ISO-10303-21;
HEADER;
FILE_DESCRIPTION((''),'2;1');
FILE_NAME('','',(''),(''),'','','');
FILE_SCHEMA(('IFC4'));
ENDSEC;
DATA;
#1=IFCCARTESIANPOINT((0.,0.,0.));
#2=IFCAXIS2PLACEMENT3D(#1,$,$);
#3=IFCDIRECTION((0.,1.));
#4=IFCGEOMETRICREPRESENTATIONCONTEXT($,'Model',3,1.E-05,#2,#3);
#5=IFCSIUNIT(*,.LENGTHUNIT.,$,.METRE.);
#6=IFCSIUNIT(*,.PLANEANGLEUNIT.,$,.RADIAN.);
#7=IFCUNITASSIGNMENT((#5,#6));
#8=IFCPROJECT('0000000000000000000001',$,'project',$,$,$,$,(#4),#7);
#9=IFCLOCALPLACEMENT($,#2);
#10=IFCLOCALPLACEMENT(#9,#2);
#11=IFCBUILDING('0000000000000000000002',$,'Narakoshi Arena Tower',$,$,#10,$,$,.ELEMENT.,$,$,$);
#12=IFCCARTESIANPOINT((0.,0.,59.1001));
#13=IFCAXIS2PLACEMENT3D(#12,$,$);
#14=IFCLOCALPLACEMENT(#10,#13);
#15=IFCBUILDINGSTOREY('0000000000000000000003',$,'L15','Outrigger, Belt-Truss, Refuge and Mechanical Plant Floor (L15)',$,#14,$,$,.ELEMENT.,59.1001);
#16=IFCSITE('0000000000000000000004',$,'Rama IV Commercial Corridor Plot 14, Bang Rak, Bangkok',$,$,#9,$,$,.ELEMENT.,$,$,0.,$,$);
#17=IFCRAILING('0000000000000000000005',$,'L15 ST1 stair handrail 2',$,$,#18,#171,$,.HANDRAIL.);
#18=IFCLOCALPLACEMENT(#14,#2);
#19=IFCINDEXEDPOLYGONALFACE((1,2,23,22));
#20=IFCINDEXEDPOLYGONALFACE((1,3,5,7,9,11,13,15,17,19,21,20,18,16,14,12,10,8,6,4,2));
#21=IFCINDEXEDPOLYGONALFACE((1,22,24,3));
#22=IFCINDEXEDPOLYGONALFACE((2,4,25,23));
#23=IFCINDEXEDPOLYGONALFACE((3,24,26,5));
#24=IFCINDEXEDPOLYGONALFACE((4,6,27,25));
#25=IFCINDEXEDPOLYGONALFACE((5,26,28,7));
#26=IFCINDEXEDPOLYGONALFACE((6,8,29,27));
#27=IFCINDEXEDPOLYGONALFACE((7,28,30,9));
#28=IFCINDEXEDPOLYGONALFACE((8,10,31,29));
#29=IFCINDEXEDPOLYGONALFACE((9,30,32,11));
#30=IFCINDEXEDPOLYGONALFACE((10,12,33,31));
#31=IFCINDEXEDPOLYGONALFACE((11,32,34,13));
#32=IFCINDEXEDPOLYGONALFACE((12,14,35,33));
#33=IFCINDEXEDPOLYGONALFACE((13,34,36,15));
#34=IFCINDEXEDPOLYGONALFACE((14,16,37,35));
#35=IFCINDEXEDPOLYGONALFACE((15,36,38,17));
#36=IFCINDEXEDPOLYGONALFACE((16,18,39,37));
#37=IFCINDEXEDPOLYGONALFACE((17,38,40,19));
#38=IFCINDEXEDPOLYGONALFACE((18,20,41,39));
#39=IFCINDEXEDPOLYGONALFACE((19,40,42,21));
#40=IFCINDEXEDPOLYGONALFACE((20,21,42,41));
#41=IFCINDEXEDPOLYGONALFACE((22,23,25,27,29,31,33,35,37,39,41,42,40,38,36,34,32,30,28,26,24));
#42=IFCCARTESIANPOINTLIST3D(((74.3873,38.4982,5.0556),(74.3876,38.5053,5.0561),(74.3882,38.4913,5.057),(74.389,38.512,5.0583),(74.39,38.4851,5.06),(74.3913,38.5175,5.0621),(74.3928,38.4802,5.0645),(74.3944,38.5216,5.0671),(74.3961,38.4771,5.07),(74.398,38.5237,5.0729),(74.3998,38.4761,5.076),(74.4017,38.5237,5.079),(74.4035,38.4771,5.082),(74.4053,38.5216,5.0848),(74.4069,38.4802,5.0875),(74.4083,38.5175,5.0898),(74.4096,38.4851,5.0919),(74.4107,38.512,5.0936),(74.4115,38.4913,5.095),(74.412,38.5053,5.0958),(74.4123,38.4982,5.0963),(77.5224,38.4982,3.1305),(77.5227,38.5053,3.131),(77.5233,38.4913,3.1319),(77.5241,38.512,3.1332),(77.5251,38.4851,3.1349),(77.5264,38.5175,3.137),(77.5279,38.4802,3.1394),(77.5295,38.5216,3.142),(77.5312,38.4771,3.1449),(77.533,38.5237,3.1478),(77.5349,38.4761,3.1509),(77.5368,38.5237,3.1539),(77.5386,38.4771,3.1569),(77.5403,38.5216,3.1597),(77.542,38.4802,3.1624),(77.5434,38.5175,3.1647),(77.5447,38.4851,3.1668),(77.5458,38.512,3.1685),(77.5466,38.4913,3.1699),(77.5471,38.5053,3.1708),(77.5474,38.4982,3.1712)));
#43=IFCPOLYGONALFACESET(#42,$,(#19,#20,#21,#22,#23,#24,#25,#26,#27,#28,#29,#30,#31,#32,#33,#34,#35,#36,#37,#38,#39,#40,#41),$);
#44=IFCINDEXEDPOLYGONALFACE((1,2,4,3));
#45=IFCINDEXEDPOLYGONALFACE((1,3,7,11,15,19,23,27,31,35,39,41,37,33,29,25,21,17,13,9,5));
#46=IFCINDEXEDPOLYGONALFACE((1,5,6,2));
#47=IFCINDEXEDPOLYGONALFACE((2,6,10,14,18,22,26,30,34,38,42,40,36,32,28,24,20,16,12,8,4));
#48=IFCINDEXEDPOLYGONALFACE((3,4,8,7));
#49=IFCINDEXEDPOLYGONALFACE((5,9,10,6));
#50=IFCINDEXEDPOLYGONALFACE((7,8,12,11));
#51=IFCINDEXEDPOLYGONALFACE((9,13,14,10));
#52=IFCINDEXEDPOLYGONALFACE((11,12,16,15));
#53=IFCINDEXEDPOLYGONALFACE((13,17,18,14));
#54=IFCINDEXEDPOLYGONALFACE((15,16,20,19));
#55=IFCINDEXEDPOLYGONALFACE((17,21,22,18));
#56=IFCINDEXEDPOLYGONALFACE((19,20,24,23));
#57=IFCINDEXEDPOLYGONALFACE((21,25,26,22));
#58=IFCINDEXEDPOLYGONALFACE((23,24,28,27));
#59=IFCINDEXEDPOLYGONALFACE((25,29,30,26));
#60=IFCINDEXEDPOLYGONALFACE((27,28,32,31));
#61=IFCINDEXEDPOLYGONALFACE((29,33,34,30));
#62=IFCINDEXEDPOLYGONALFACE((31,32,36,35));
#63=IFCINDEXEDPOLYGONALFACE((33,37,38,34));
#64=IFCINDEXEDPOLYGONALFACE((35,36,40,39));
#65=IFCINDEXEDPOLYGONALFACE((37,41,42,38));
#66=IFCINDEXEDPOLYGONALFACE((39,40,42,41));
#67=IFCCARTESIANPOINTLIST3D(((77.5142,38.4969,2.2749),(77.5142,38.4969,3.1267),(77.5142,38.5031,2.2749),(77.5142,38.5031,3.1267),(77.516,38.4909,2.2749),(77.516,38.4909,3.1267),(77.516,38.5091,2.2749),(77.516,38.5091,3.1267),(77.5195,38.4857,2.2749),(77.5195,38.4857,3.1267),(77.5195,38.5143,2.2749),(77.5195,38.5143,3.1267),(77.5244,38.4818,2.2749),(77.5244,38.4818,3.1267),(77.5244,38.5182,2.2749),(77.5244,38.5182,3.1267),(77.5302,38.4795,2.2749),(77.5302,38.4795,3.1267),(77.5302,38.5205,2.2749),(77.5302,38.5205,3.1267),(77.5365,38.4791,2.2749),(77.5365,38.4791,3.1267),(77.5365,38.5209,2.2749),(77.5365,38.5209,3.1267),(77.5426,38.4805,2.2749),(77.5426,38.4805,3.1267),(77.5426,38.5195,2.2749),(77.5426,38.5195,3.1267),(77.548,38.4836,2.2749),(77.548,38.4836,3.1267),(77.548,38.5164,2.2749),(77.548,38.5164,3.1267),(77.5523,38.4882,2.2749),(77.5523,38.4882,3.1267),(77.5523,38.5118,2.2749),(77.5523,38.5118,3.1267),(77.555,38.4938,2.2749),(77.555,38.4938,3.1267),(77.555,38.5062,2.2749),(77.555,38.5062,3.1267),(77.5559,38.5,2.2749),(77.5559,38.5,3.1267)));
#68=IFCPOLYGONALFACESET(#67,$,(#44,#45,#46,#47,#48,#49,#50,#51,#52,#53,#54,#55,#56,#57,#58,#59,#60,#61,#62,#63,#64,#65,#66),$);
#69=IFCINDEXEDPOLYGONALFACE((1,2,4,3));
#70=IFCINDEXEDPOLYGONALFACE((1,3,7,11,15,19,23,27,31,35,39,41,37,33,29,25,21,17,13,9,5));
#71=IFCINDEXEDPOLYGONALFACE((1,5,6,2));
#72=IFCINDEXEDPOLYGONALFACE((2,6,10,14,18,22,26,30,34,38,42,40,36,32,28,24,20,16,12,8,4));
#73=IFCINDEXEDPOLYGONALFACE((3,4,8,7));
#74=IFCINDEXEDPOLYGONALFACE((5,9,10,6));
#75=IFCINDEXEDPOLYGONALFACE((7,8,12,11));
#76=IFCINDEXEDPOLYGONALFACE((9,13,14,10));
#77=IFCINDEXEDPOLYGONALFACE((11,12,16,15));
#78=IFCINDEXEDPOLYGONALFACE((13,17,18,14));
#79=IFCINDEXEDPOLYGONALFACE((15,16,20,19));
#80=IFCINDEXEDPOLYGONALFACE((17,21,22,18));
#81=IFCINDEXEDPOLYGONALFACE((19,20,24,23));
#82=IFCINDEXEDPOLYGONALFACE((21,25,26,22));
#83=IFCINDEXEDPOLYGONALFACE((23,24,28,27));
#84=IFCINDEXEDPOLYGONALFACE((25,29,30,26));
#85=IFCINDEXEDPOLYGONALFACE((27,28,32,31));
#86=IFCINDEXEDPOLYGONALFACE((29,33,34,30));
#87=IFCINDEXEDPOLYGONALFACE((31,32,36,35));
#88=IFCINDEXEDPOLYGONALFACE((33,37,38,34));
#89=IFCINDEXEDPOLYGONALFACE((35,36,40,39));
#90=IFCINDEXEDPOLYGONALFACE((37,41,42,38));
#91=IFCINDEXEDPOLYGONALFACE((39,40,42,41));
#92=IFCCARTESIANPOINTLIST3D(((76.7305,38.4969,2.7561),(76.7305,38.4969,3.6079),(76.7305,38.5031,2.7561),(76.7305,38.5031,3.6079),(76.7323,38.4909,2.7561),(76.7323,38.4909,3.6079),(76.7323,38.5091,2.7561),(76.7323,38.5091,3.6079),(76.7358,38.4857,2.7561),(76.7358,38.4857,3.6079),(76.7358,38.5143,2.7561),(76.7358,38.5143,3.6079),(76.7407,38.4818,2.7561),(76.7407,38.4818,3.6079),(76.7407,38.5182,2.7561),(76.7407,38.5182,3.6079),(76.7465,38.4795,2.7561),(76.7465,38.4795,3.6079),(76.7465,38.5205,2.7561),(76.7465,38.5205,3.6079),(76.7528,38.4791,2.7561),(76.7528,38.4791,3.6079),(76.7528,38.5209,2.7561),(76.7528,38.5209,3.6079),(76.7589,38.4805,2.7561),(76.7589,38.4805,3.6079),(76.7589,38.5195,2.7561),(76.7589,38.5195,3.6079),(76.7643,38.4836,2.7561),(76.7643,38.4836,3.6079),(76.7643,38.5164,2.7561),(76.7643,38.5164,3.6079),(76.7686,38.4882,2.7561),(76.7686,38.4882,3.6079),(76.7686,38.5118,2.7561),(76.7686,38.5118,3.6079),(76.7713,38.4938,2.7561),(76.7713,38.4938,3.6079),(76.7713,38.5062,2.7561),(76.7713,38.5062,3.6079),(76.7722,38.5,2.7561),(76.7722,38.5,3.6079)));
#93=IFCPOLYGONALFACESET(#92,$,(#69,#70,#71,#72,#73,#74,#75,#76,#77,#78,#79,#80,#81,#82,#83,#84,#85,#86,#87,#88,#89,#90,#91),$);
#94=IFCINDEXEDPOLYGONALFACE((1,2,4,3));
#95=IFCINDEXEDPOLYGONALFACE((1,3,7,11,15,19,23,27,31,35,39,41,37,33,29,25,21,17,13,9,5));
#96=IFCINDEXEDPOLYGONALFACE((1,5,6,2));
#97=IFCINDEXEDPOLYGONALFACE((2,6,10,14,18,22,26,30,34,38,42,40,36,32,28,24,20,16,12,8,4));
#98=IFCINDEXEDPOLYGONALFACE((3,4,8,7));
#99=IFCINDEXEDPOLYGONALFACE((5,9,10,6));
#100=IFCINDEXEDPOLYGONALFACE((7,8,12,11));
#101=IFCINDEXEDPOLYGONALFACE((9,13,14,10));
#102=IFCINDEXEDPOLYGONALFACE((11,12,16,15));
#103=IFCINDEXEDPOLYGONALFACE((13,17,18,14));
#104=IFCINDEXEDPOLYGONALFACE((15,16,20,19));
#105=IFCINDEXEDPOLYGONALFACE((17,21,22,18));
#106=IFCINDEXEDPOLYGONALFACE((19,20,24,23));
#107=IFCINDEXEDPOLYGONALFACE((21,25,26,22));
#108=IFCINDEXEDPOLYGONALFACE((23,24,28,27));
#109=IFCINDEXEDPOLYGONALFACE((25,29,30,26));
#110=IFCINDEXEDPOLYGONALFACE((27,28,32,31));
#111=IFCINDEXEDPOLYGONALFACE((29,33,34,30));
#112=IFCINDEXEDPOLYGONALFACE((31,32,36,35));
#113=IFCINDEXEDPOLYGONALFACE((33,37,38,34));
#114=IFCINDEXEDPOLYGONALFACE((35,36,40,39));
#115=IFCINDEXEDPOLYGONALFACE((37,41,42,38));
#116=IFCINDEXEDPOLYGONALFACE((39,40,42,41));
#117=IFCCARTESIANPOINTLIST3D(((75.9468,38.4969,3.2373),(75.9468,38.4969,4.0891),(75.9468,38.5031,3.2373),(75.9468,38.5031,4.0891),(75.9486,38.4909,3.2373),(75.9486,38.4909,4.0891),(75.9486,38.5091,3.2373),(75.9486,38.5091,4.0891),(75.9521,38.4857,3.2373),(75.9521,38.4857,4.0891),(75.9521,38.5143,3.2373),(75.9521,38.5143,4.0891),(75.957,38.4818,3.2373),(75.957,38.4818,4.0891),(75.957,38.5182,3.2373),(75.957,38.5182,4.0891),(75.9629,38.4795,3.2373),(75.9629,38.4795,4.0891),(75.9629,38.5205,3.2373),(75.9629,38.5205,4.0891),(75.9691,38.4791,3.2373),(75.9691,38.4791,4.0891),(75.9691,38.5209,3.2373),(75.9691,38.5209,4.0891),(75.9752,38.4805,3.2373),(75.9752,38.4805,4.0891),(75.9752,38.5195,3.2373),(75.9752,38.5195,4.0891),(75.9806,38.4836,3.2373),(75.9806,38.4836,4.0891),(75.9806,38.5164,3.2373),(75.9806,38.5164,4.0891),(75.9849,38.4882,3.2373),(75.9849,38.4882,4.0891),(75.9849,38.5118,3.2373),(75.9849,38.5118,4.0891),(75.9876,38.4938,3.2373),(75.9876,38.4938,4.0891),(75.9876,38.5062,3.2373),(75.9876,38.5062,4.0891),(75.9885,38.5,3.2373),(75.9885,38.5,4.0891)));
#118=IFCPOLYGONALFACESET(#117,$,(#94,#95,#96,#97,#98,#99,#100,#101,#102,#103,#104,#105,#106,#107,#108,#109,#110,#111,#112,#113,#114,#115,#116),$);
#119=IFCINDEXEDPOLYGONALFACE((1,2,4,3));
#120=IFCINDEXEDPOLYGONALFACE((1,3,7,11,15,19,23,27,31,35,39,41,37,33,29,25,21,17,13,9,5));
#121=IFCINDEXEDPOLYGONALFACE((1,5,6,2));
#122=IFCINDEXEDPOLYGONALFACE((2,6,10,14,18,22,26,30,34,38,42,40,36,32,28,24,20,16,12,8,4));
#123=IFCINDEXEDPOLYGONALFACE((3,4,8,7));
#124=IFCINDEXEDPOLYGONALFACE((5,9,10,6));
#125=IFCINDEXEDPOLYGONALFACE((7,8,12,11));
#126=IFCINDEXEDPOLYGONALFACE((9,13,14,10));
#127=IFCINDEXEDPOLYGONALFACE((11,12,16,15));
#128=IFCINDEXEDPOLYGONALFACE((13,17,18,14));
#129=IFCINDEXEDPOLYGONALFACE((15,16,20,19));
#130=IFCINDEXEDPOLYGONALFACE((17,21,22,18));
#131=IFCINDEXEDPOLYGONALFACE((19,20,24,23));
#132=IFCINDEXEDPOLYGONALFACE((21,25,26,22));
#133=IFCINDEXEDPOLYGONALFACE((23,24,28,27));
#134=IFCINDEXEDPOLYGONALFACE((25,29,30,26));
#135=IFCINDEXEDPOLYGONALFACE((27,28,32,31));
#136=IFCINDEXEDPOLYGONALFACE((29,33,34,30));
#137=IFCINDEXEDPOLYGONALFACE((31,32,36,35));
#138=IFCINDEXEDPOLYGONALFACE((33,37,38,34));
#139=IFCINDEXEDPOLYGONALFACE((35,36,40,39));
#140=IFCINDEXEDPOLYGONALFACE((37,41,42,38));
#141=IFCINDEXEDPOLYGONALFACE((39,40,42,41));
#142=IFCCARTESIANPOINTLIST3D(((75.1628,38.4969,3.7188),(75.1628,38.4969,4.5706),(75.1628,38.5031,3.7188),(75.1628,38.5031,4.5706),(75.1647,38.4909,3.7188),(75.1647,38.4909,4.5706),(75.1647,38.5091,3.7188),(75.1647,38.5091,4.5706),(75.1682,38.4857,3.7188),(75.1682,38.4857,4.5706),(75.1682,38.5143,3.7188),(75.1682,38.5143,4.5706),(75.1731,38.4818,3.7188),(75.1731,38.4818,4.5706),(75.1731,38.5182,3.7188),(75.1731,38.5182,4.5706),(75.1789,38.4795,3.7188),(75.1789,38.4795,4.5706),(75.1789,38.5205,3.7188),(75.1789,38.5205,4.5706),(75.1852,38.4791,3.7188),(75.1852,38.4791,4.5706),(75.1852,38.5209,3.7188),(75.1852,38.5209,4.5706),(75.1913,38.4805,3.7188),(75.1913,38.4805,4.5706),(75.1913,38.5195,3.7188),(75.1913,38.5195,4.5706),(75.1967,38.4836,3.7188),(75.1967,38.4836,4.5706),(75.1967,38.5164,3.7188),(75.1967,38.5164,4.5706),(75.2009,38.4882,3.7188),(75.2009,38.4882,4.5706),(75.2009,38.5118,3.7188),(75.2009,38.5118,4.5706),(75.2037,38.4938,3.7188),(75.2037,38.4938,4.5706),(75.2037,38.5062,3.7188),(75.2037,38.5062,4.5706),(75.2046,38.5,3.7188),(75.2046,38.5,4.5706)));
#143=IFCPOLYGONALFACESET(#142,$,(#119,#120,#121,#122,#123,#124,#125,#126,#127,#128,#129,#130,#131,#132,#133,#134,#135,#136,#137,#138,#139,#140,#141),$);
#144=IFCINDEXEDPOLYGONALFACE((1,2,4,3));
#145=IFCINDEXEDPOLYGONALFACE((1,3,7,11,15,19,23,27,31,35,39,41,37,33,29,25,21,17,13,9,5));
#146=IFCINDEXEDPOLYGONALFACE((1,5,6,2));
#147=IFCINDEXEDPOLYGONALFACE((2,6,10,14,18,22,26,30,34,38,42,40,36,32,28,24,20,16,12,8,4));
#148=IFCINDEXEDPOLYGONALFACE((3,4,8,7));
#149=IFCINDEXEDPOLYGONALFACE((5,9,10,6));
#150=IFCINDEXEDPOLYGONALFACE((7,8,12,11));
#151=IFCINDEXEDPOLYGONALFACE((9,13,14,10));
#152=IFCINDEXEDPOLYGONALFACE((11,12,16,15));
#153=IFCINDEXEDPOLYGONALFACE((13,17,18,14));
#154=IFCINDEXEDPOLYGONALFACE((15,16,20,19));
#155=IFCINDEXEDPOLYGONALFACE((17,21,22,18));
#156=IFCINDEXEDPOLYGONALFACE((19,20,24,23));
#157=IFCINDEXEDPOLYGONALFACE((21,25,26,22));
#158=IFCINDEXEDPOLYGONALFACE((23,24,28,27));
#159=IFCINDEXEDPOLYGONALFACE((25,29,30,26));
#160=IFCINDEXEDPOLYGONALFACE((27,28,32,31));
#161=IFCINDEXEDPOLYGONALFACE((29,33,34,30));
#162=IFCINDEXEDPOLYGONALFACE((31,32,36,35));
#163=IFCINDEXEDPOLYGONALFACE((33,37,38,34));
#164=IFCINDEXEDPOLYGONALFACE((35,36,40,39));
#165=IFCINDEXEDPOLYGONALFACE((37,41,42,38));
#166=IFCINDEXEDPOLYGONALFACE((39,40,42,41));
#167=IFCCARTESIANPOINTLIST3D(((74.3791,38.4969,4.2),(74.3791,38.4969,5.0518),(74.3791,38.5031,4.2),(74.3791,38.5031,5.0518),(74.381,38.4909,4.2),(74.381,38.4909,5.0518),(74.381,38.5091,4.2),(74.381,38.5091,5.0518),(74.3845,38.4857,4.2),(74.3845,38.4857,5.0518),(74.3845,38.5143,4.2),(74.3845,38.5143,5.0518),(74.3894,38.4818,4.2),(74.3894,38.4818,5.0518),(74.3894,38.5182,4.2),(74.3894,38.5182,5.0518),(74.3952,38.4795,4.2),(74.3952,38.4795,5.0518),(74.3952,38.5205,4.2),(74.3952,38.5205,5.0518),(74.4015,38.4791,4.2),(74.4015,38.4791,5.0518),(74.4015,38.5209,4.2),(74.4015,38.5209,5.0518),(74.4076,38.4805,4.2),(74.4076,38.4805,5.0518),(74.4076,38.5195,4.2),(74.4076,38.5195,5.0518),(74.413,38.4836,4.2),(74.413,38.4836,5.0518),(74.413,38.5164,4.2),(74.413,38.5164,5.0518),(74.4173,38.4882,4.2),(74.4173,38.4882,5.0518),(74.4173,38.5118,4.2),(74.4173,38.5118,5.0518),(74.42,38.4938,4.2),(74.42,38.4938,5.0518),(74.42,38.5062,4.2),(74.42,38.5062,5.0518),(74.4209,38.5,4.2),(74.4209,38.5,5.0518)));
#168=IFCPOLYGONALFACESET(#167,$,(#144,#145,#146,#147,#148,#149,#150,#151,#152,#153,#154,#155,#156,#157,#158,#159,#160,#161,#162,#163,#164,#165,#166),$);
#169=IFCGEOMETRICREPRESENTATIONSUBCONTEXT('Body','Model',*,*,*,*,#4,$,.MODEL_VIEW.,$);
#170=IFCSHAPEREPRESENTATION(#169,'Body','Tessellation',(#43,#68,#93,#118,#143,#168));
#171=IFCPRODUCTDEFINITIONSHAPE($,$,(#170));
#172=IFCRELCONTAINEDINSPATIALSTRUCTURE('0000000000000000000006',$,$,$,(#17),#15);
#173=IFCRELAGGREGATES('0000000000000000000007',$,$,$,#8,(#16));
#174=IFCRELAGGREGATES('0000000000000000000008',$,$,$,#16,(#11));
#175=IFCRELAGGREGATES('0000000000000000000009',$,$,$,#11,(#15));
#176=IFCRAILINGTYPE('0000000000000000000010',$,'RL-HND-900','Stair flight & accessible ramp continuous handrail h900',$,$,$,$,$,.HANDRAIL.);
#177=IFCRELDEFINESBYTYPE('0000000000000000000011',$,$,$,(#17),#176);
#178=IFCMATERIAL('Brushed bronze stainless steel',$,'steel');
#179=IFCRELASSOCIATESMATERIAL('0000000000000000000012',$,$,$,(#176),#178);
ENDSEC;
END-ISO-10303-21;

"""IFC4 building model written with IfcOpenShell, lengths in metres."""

from ifc_helpers import new_model, si_unit, direction, frame, origin, origin_2d, place, context, subcontext, project, spatial, circle, extrude, material, type_object, element, save


model = new_model("IFC4")

# Units and contexts
model_context = context("Model", 3, precision=1e-05, world=origin(), true_north=direction((0.0, 1.0)))
body_context = subcontext(model_context, "Body", "Model", "MODEL_VIEW")
ifc_project = project(units=[si_unit("LENGTHUNIT", "METRE"), si_unit("PLANEANGLEUNIT", "RADIAN")], contexts=[model_context])

# Site, building, storey
site_placement = place(None, origin())
site = spatial("IfcSite", under=ifc_project, at=site_placement, Name="Rama IV Commercial Corridor Plot 14, Bang Rak, Bangkok", CompositionType="ELEMENT", RefElevation=0.0)
building_placement = place(site_placement, origin())
building = spatial("IfcBuilding", under=site, at=building_placement, Name="Narakoshi Arena Tower", CompositionType="ELEMENT")
storey_placement = place(building_placement, frame((0.0, 0.0, 59.1001)))
storey = spatial("IfcBuildingStorey", under=building, at=storey_placement, Name="L15", Description="Outrigger, Belt-Truss, Refuge and Mechanical Plant Floor (L15)", CompositionType="ELEMENT", Elevation=59.1001)

# Railing
ifc_material_1 = material(Name="Brushed bronze stainless steel", Category="steel")
railing_type_1 = type_object("IfcRailingType", Name="RL-HND-900", Description="Stair flight & accessible ramp continuous handrail h900", PredefinedType="HANDRAIL", material=ifc_material_1)
for number, where, name in (
    (1, (77.5349, 38.5, 2.2749), "L15 ST1 stair handrail 2"),
):
    element("IfcRailing", number, at=place(storey_placement, frame(where)), inside=storey, type_object=railing_type_1, Name=name, PredefinedType="HANDRAIL", context=body_context, shape_type="SweptSolid", body=[
        extrude(circle(Radius=0.0239, at=origin_2d()), frame((0.0, 0.0, 0.876), z_axis=(-0.852166, 0.0, 0.523271), x_axis=(0.0, -1.0, 0.0)), (0.0, 0.0, 1.0), 3.679),
        extrude(circle(Radius=0.021, at=origin_2d()), origin(), (0.0, 0.0, 1.0), 0.8518),
        extrude(circle(Radius=0.021, at=origin_2d()), frame((-0.7837, 0.0, 0.4812)), (0.0, 0.0, 1.0), 0.8518),
        extrude(circle(Radius=0.021, at=origin_2d()), frame((-1.5674, 0.0, 0.9624)), (0.0, 0.0, 1.0), 0.8518),
        extrude(circle(Radius=0.021, at=origin_2d()), frame((-2.3513, 0.0, 1.4438)), (0.0, 0.0, 1.0), 0.8518),
        extrude(circle(Radius=0.021, at=origin_2d()), frame((-3.135, 0.0, 1.925)), (0.0, 0.0, 1.0), 0.8518),
    ])

save(model, "model.ifc")
